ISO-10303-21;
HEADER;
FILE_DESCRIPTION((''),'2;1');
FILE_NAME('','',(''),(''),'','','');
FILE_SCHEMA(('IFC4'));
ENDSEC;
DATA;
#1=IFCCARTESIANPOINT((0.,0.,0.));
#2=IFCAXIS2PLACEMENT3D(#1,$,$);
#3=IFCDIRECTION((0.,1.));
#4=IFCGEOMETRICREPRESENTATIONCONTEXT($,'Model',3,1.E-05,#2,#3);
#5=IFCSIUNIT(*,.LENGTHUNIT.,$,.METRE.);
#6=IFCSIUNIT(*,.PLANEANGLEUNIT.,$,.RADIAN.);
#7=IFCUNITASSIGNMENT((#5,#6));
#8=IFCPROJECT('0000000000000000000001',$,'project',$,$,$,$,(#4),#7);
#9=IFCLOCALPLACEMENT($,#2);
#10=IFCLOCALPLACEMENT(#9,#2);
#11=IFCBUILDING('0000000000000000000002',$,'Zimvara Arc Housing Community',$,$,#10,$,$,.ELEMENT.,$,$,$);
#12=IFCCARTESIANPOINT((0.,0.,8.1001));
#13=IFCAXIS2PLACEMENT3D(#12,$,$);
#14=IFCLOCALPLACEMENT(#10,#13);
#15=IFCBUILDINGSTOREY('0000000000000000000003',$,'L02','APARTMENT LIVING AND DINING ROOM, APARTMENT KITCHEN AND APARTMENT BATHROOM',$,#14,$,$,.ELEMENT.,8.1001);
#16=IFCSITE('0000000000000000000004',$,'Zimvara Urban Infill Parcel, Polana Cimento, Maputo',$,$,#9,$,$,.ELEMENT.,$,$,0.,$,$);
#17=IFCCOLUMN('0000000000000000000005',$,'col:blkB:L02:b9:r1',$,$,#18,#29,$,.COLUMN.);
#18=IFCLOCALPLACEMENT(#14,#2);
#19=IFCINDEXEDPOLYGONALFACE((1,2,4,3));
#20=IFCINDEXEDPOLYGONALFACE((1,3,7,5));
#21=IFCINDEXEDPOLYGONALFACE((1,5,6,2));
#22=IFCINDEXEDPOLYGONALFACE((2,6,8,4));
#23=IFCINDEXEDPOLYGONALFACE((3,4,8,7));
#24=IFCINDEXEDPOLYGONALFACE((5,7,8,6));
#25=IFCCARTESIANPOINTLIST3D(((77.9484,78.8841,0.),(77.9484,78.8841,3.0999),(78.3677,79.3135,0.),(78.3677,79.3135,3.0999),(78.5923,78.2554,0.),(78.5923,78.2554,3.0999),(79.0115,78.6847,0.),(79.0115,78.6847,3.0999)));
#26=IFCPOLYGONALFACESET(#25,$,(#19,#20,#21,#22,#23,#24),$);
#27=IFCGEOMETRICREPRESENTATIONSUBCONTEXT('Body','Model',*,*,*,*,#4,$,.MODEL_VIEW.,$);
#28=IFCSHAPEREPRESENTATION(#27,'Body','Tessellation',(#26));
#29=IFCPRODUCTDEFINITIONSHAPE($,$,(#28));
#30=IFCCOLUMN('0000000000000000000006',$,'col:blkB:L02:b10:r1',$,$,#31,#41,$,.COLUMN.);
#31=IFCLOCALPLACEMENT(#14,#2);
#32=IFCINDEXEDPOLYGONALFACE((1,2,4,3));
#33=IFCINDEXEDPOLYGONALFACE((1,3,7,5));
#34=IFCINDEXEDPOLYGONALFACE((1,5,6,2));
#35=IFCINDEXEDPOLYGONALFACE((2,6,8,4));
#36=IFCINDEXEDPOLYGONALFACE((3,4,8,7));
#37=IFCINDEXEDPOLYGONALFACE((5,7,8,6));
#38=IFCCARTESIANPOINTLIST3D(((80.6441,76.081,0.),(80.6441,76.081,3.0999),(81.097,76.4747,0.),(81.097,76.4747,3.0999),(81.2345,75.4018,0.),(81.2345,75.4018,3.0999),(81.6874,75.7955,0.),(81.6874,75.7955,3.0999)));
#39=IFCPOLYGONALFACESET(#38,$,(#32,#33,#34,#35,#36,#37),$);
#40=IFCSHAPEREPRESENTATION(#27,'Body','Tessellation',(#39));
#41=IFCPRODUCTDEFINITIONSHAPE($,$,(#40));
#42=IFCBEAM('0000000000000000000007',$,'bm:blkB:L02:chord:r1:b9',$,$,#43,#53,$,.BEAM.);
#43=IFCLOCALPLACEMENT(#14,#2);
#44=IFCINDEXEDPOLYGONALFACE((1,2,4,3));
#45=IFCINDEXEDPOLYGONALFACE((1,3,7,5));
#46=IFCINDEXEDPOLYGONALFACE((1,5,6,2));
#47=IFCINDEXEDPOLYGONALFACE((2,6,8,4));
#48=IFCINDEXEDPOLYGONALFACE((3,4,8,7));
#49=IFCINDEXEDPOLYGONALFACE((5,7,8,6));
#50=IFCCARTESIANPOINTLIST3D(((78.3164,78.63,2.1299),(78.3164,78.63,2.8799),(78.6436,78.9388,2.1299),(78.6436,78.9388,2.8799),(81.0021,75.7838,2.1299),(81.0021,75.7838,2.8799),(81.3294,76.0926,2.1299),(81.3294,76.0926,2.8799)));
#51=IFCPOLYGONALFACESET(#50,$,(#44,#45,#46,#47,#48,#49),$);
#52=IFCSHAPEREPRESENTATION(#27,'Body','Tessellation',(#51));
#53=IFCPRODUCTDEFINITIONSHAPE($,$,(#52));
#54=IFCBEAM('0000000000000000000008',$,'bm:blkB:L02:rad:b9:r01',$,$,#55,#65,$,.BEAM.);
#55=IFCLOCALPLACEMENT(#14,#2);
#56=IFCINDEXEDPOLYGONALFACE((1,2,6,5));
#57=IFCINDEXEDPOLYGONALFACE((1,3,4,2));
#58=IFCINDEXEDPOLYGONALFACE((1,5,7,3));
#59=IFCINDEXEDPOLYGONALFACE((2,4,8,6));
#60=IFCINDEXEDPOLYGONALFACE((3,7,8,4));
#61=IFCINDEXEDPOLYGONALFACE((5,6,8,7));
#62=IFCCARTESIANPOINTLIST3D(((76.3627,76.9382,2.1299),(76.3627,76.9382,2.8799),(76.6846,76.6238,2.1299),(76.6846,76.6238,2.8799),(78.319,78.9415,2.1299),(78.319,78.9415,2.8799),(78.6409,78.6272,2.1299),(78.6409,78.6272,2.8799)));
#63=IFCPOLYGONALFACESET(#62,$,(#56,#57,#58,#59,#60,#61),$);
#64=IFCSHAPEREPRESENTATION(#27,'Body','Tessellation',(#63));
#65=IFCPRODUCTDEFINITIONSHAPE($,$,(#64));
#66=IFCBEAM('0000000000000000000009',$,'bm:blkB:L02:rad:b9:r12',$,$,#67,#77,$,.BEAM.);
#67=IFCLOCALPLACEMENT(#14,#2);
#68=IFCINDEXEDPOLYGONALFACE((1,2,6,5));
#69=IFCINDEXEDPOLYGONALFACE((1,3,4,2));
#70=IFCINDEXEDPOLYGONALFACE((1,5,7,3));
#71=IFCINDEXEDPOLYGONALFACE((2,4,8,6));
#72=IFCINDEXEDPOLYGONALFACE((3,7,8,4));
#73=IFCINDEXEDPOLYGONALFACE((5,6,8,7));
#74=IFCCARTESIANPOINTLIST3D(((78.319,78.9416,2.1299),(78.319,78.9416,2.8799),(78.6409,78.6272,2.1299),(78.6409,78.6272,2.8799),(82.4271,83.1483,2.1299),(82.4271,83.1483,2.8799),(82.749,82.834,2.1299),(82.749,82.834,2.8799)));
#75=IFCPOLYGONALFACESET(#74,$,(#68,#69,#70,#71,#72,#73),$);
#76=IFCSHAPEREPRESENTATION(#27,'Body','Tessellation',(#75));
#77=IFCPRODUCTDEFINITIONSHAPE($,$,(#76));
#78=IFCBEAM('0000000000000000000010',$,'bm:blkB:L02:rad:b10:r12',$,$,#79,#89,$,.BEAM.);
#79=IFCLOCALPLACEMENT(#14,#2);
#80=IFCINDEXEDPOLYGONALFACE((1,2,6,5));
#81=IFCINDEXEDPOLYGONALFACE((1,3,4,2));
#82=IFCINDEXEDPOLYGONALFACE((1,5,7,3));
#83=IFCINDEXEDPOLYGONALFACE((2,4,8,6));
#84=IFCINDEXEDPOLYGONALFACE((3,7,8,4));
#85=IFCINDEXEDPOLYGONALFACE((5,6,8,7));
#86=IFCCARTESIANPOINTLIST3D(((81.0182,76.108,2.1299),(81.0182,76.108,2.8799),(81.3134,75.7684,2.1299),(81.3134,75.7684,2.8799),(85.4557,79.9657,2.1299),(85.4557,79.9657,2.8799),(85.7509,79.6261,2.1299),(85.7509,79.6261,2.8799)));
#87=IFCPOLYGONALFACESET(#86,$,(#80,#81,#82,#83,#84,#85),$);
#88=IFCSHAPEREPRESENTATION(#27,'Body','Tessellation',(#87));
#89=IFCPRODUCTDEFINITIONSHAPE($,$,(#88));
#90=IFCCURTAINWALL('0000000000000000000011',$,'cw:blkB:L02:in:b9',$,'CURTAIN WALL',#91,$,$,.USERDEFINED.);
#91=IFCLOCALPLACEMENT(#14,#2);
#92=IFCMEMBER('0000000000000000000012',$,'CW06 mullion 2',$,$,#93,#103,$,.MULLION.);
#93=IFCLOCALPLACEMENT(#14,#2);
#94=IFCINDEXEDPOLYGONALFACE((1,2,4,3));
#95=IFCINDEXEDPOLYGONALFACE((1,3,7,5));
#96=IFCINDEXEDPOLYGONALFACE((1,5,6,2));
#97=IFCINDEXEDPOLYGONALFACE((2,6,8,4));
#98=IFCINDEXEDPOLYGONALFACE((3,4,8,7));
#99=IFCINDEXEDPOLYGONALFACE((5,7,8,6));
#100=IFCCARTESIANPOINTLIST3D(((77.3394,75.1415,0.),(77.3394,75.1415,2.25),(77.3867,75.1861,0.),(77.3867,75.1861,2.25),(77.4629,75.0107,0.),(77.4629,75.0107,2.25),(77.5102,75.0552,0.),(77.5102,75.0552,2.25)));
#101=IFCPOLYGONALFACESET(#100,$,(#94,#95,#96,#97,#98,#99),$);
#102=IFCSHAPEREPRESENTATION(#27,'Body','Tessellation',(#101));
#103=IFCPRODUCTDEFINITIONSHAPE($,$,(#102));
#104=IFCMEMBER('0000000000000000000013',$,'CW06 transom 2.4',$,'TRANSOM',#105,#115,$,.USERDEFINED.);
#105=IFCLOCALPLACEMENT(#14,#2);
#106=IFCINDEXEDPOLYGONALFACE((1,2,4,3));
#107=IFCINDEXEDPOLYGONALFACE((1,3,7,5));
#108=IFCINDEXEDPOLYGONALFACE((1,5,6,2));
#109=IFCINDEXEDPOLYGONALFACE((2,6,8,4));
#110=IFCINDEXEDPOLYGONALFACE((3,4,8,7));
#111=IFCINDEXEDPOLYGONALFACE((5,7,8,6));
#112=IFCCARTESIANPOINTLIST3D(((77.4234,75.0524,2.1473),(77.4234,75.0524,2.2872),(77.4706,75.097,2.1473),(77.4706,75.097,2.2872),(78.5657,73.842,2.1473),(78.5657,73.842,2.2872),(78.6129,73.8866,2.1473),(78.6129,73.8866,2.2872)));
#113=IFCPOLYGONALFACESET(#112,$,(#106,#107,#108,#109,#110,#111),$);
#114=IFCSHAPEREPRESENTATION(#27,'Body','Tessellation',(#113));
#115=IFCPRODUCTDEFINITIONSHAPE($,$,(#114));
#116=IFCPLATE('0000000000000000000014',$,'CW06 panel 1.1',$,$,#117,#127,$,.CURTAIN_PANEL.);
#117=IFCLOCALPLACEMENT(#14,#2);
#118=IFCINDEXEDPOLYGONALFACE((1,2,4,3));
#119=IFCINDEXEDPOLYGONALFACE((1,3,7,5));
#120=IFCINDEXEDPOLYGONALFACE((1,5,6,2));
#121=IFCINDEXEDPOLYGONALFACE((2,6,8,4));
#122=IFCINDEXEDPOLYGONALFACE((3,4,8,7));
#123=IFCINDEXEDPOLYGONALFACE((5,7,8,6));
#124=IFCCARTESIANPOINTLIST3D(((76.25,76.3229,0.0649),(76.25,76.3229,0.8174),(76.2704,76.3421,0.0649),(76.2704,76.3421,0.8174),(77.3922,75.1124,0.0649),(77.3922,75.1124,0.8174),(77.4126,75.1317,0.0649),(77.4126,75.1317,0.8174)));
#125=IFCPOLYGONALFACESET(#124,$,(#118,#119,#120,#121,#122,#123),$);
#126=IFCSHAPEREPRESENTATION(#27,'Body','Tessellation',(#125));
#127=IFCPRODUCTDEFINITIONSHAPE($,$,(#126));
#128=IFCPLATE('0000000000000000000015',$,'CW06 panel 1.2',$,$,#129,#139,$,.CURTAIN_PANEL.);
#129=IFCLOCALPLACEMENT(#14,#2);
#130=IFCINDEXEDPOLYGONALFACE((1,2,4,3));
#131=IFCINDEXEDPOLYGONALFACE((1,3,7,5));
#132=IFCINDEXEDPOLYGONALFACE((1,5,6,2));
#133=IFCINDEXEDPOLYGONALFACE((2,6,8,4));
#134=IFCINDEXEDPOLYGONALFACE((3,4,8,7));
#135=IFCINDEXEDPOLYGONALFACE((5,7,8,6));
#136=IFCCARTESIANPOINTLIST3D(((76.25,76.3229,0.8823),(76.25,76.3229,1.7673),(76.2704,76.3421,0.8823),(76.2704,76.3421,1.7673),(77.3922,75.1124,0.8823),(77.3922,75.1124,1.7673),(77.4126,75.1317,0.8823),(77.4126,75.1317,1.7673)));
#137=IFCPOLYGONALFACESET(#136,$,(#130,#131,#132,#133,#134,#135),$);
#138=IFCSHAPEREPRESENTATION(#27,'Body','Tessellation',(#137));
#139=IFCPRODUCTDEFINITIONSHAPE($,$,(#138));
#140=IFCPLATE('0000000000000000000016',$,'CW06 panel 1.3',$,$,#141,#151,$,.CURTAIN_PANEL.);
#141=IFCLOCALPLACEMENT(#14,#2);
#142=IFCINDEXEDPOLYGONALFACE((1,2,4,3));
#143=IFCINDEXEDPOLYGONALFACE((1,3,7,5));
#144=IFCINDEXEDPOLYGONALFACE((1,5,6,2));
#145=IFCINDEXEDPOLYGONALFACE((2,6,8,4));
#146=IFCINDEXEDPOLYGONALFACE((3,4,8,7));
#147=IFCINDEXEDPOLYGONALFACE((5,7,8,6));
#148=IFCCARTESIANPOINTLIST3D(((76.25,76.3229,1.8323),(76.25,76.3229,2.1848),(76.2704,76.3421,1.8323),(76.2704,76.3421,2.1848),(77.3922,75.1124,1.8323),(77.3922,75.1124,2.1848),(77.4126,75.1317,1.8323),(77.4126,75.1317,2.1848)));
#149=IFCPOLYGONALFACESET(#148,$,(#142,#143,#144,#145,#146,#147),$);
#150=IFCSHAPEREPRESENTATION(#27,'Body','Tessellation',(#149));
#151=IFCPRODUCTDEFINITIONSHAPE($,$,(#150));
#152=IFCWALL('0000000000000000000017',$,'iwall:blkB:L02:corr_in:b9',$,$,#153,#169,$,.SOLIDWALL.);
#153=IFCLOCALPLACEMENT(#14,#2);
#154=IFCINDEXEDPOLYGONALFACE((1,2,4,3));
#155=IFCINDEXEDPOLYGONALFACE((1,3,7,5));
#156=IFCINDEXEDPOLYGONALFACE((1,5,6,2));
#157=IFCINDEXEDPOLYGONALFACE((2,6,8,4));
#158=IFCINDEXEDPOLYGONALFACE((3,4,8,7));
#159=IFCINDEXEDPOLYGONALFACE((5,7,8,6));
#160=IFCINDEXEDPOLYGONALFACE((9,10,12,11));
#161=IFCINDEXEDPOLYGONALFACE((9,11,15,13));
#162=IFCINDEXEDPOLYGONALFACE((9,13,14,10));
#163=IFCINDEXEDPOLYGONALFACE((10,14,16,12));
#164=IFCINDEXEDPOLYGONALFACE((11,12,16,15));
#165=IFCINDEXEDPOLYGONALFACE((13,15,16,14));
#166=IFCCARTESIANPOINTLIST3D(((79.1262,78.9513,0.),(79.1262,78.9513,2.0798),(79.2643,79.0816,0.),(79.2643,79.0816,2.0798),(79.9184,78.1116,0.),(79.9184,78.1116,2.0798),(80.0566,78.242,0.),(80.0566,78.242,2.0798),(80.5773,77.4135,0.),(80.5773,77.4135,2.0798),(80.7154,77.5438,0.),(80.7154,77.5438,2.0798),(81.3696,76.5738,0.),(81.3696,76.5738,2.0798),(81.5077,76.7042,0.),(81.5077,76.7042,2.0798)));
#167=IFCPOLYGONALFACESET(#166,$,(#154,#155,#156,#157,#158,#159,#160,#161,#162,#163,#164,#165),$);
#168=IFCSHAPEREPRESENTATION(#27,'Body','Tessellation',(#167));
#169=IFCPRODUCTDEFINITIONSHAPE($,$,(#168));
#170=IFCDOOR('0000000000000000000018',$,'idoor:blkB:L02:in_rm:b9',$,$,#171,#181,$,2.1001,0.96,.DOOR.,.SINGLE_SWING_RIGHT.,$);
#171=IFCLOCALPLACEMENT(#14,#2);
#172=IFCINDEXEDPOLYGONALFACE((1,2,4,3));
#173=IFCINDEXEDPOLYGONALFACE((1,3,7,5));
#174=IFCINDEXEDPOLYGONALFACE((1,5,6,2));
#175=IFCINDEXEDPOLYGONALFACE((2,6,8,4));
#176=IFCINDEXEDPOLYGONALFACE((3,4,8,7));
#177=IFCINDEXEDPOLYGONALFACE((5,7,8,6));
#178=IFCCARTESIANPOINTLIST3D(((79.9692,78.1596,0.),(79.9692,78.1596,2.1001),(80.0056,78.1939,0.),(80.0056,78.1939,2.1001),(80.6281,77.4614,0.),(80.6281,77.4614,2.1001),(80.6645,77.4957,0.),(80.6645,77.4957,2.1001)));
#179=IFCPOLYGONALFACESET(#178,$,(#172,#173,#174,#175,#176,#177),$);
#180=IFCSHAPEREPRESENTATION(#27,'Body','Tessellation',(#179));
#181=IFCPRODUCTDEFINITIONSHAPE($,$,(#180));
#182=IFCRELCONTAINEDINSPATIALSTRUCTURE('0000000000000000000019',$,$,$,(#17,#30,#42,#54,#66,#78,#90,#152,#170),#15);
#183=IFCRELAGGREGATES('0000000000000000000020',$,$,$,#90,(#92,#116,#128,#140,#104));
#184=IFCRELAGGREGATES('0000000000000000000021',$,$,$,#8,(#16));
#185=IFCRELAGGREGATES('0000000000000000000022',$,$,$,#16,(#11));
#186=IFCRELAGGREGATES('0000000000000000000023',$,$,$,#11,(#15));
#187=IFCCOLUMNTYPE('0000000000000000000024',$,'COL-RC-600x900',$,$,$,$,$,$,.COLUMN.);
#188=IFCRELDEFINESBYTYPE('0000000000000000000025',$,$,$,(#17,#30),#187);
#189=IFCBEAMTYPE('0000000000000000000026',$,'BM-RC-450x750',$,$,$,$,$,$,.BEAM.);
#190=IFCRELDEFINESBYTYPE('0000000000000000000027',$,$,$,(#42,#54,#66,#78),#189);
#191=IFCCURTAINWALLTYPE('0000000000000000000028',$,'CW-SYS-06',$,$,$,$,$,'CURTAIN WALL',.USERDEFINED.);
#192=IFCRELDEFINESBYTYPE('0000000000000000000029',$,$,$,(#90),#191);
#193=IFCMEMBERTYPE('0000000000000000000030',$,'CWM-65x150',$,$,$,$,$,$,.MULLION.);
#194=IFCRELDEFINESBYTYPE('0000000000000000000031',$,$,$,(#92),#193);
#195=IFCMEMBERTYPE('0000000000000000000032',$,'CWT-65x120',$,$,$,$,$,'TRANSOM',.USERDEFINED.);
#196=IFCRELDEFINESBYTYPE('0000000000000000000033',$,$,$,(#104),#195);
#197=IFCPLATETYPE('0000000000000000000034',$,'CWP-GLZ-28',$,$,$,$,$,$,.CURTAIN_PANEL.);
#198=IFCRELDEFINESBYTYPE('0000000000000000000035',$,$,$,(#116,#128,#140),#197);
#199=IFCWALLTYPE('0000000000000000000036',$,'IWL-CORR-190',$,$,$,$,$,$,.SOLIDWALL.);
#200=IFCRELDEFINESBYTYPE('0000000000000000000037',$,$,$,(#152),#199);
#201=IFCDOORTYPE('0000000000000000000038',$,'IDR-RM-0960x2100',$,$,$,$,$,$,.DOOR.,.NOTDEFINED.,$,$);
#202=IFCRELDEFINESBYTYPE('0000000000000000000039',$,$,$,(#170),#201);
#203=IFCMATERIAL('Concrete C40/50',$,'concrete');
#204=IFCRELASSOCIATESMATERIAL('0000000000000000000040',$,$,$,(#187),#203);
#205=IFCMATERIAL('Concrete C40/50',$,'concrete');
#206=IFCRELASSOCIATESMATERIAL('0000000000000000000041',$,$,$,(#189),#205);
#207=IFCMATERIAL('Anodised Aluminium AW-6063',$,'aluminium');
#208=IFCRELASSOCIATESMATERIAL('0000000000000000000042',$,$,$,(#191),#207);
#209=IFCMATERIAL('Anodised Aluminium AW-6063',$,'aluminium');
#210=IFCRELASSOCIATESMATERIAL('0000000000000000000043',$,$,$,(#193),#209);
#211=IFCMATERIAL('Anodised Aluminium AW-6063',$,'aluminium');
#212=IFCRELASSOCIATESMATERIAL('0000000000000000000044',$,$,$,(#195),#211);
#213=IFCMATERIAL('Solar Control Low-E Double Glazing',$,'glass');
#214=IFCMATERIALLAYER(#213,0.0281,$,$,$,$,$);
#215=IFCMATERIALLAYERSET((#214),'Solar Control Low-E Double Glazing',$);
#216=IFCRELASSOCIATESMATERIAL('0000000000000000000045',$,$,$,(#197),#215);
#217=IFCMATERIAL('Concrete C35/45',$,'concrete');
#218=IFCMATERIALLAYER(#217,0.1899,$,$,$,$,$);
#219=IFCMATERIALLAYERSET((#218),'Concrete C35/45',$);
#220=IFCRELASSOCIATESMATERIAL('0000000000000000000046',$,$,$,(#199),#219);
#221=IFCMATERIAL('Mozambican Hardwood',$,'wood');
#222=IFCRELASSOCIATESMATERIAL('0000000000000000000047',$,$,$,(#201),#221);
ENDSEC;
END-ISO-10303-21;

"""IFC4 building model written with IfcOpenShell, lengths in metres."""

from ifc_helpers import new_model, si_unit, direction, frame, frame_2d, origin, origin_2d, place, context, subcontext, project, spatial, rectangle, extrude, material, layer, layer_set, material_profile, profile_set, type_object, element, fill, aggregate, save


model = new_model("IFC4")

# Units and contexts
model_context = context("Model", 3, precision=1e-05, world=origin(), true_north=direction((0.0, 1.0)))
body_context = subcontext(model_context, "Body", "Model", "MODEL_VIEW")
ifc_project = project(units=[si_unit("LENGTHUNIT", "METRE"), si_unit("PLANEANGLEUNIT", "RADIAN")], contexts=[model_context])

# Site, building, storey
site_placement = place(None, origin())
site = spatial("IfcSite", under=ifc_project, at=site_placement, Name="Zimvara Urban Infill Parcel, Polana Cimento, Maputo", CompositionType="ELEMENT", RefElevation=0.0)
building_placement = place(site_placement, origin())
building = spatial("IfcBuilding", under=site, at=building_placement, Name="Zimvara Arc Housing Community", CompositionType="ELEMENT")
storey_placement = place(building_placement, frame((0.0, 0.0, 8.1001)))
storey = spatial("IfcBuildingStorey", under=building, at=storey_placement, Name="L02", Description="APARTMENT LIVING AND DINING ROOM, APARTMENT KITCHEN AND APARTMENT BATHROOM", CompositionType="ELEMENT", Elevation=8.1001)

# Columns
ifc_material_1 = material(Name="Concrete C40/50", Category="concrete")
ifc_material_profile_1 = material_profile(ifc_material_1, rectangle(XDim=0.6001, YDim=0.8999, at=origin_2d()), Name="RC 600x900")
ifc_profile_set_1 = profile_set([ifc_material_profile_1], Name="Concrete C40/50")
column_type = type_object("IfcColumnType", Name="COL-RC-600x900", PredefinedType="COLUMN", material=ifc_profile_set_1)
for number, where, z_axis, x_axis, name in (
    (1, (78.48, 78.7844, 0.0), (0.0, 0.0, 1.0), (0.698665, 0.715449, 0.0), "col:blkB:L02:b9:r1"),
    (2, (81.1658, 75.9382, 0.0), (0.0, 0.0, 1.0), (0.75471, 0.656059, 0.0), "col:blkB:L02:b10:r1"),
):
    element("IfcColumn", number, at=place(storey_placement, frame(where, z_axis=z_axis, x_axis=x_axis)), inside=storey, type_object=column_type, Name=name, PredefinedType="COLUMN", context=body_context, shape_type="SweptSolid", body=[
        extrude(rectangle(XDim=0.6001, YDim=0.8999, at=origin_2d()), origin(), (0.0, 0.0, 1.0), 3.0999),
    ])

# Beams
ifc_material_2 = material(Name="Concrete C40/50", Category="concrete")
ifc_material_profile_2 = material_profile(ifc_material_2, rectangle(XDim=0.45, YDim=0.75, at=origin_2d()), Name="RC 450x750")
ifc_profile_set_2 = profile_set([ifc_material_profile_2], Name="Concrete C40/50")
beam_type = type_object("IfcBeamType", Name="BM-RC-450x750", PredefinedType="BEAM", material=ifc_profile_set_2)
beam_1_placement = place(storey_placement, frame((78.48, 78.7844, 2.5049), z_axis=(0.686316, -0.727304, 0.0), x_axis=(0.727304, 0.686316, 0.0)))
element("IfcBeam", 3, at=beam_1_placement, inside=storey, type_object=beam_type, Name="bm:blkB:L02:chord:r1:b9", PredefinedType="BEAM", context=body_context, shape_type="SweptSolid", body=[
    extrude(rectangle(XDim=0.45, YDim=0.75, at=origin_2d()), origin(), (0.0, 0.0, 1.0), 3.9133),
])
beam_2_placement = place(storey_placement, frame((76.5237, 76.781, 2.5049), z_axis=(0.698643, 0.71547, 0.0), x_axis=(-0.71547, 0.698643, 0.0)))
element("IfcBeam", 4, at=beam_2_placement, inside=storey, type_object=beam_type, Name="bm:blkB:L02:rad:b9:r01", PredefinedType="BEAM", context=body_context, shape_type="SweptSolid", body=[
    extrude(rectangle(XDim=0.45, YDim=0.75, at=origin_2d()), origin(), (0.0, 0.0, 1.0), 2.8),
])
for number, where, z_axis, x_axis, name in (
    (5, (78.48, 78.7844, 2.5049), (0.69867, 0.715444, 0.0), (-0.715444, 0.69867, 0.0), "bm:blkB:L02:rad:b9:r12"),
    (6, (81.1658, 75.9382, 2.5049), (0.754692, 0.656079, 0.0), (-0.656079, 0.754692, 0.0), "bm:blkB:L02:rad:b10:r12"),
):
    element("IfcBeam", number, at=place(storey_placement, frame(where, z_axis=z_axis, x_axis=x_axis)), inside=storey, type_object=beam_type, Name=name, PredefinedType="BEAM", context=body_context, shape_type="SweptSolid", body=[
        extrude(rectangle(XDim=0.45, YDim=0.75, at=origin_2d()), origin(), (0.0, 0.0, 1.0), 5.8799),
    ])

# Curtain wall, members, plates
ifc_material_3 = material(Name="Anodised Aluminium AW-6063", Category="aluminium")
curtain_wall_type = type_object("IfcCurtainWallType", Name="CW-SYS-06", ElementType="CURTAIN WALL", PredefinedType="USERDEFINED", material=ifc_material_3)
curtain_wall_placement = place(storey_placement, origin())
curtain_wall = element("IfcCurtainWall", 7, at=curtain_wall_placement, inside=storey, type_object=curtain_wall_type, Name="cw:blkB:L02:in:b9", ObjectType="CURTAIN WALL", PredefinedType="USERDEFINED")
ifc_material_4 = material(Name="Anodised Aluminium AW-6063", Category="aluminium")
ifc_material_profile_3 = material_profile(ifc_material_4, rectangle(XDim=0.0649, YDim=0.1799, at=origin_2d()), Name="ALU 65x180")
ifc_profile_set_3 = profile_set([ifc_material_profile_3], Name="Anodised Aluminium AW-6063")
member_type_1 = type_object("IfcMemberType", Name="CWM-65x150", PredefinedType="MULLION", material=ifc_profile_set_3)
member_1_placement = place(storey_placement, frame((77.4248, 75.0984, 0.0), z_axis=(0.0, 0.0, 1.0), x_axis=(0.727293, 0.686327, 0.0)))
member_1 = element("IfcMember", 8, at=member_1_placement, type_object=member_type_1, Name="CW06 mullion 2", PredefinedType="MULLION", context=body_context, shape_type="SweptSolid", body=[
    extrude(rectangle(XDim=0.0649, YDim=0.1799, at=origin_2d()), origin(), (0.0, 0.0, 1.0), 2.25),
])
ifc_material_5 = material(Name="Anodised Aluminium AW-6063", Category="aluminium")
ifc_material_profile_4 = material_profile(ifc_material_5, rectangle(XDim=0.0649, YDim=0.1399, at=origin_2d()), Name="ALU 65x140")
ifc_profile_set_4 = profile_set([ifc_material_profile_4], Name="Anodised Aluminium AW-6063")
member_type_2 = type_object("IfcMemberType", Name="CWT-65x120", ElementType="TRANSOM", PredefinedType="USERDEFINED", material=ifc_profile_set_4)
member_2_placement = place(storey_placement, frame((77.447, 75.0747, 2.2173), z_axis=(0.686348, -0.727273, 0.0), x_axis=(0.727273, 0.686348, 0.0)))
member_2 = element("IfcMember", 9, at=member_2_placement, type_object=member_type_2, Name="CW06 transom 2.4", ObjectType="TRANSOM", PredefinedType="USERDEFINED", context=body_context, shape_type="SweptSolid", body=[
    extrude(rectangle(XDim=0.0649, YDim=0.1399, at=origin_2d()), origin(), (0.0, 0.0, 1.0), 1.6643),
])
ifc_material_6 = material(Name="Solar Control Low-E Double Glazing", Category="glass")
ifc_layer_1 = layer(ifc_material_6, 0.0281)
ifc_layer_set_1 = layer_set([ifc_layer_1], Name="Solar Control Low-E Double Glazing")
plate_type = type_object("IfcPlateType", Name="CWP-GLZ-28", PredefinedType="CURTAIN_PANEL", material=ifc_layer_set_1)
plate_1_placement = place(storey_placement, frame((76.8313, 75.7273, 0.0649), z_axis=(0.0, 0.0, 1.0), x_axis=(0.686327, -0.727293, 0.0)))
plate_1 = element("IfcPlate", 10, at=plate_1_placement, type_object=plate_type, Name="CW06 panel 1.1", PredefinedType="CURTAIN_PANEL", context=body_context, shape_type="SweptSolid", body=[
    extrude(rectangle(XDim=1.6643, YDim=0.0281, at=origin_2d()), origin(), (0.0, 0.0, 1.0), 0.7524),
])
plate_2_placement = place(storey_placement, frame((76.8313, 75.7273, 0.8823), z_axis=(0.0, 0.0, 1.0), x_axis=(0.686327, -0.727293, 0.0)))
plate_2 = element("IfcPlate", 11, at=plate_2_placement, type_object=plate_type, Name="CW06 panel 1.2", PredefinedType="CURTAIN_PANEL", context=body_context, shape_type="SweptSolid", body=[
    extrude(rectangle(XDim=1.6643, YDim=0.0281, at=origin_2d()), origin(), (0.0, 0.0, 1.0), 0.885),
])
plate_3_placement = place(storey_placement, frame((76.8313, 75.7273, 1.8323), z_axis=(0.0, 0.0, 1.0), x_axis=(0.686327, -0.727293, 0.0)))
plate_3 = element("IfcPlate", 12, at=plate_3_placement, type_object=plate_type, Name="CW06 panel 1.3", PredefinedType="CURTAIN_PANEL", context=body_context, shape_type="SweptSolid", body=[
    extrude(rectangle(XDim=1.6643, YDim=0.0281, at=origin_2d()), origin(), (0.0, 0.0, 1.0), 0.3525),
])
aggregate(curtain_wall, [member_1, plate_1, plate_2, plate_3, member_2])

# Wall, opening, door
ifc_material_7 = material(Name="Concrete C35/45", Category="concrete")
ifc_layer_2 = layer(ifc_material_7, 0.1899)
ifc_layer_set_2 = layer_set([ifc_layer_2], Name="Concrete C35/45")
wall_type_1 = type_object("IfcWallType", Name="IWL-CORR-190", PredefinedType="SOLIDWALL", material=ifc_layer_set_2)
wall_1_placement = place(storey_placement, frame((79.1953, 79.0164, 0.0), z_axis=(0.0, 0.0, 1.0), x_axis=(0.686308, -0.727311, 0.0)))
wall_1 = element("IfcWall", 13, at=wall_1_placement, inside=storey, type_object=wall_type_1, Name="iwall:blkB:L02:corr_in:b9", PredefinedType="SOLIDWALL", context=body_context, shape_type="SweptSolid", body=[
    extrude(rectangle(XDim=3.2688, YDim=0.1899, at=frame_2d((1.6343, 0.0))), origin(), (0.0, 0.0, 1.0), 2.0798),
])
opening_1_placement = place(wall_1_placement, frame((1.1543, 0.0, 0.0)))
opening_1 = element("IfcOpeningElement", 14, at=opening_1_placement, cuts=wall_1, PredefinedType="OPENING", context=body_context, shape_type="SweptSolid", body=[
    extrude(rectangle(XDim=0.96, YDim=2.1001, at=frame_2d((0.48, 1.05))), frame((0.0, 0.105, 0.0), z_axis=(0.0, -1.0, 0.0), x_axis=(1.0, 0.0, 0.0)), (0.0, 0.0, 1.0), 0.21),
])
ifc_material_8 = material(Name="Mozambican Hardwood", Category="wood")
door_type_1 = type_object("IfcDoorType", Name="IDR-RM-0960x2100", OperationType="NOTDEFINED", PredefinedType="DOOR", material=ifc_material_8)
door_1_placement = place(opening_1_placement, origin())
door_1 = element("IfcDoor", 15, at=door_1_placement, inside=storey, type_object=door_type_1, Name="idoor:blkB:L02:in_rm:b9", OperationType="SINGLE_SWING_RIGHT", OverallHeight=2.1001, OverallWidth=0.96, PredefinedType="DOOR", context=body_context, shape_type="SweptSolid", body=[
    extrude(rectangle(XDim=0.96, YDim=2.1001, at=frame_2d((0.48, 1.05))), frame((0.0, 0.0249, 0.0), z_axis=(0.0, -1.0, 0.0), x_axis=(1.0, 0.0, 0.0)), (0.0, 0.0, 1.0), 0.05),
])
fill(opening_1, door_1)

save(model, "model.ifc")
